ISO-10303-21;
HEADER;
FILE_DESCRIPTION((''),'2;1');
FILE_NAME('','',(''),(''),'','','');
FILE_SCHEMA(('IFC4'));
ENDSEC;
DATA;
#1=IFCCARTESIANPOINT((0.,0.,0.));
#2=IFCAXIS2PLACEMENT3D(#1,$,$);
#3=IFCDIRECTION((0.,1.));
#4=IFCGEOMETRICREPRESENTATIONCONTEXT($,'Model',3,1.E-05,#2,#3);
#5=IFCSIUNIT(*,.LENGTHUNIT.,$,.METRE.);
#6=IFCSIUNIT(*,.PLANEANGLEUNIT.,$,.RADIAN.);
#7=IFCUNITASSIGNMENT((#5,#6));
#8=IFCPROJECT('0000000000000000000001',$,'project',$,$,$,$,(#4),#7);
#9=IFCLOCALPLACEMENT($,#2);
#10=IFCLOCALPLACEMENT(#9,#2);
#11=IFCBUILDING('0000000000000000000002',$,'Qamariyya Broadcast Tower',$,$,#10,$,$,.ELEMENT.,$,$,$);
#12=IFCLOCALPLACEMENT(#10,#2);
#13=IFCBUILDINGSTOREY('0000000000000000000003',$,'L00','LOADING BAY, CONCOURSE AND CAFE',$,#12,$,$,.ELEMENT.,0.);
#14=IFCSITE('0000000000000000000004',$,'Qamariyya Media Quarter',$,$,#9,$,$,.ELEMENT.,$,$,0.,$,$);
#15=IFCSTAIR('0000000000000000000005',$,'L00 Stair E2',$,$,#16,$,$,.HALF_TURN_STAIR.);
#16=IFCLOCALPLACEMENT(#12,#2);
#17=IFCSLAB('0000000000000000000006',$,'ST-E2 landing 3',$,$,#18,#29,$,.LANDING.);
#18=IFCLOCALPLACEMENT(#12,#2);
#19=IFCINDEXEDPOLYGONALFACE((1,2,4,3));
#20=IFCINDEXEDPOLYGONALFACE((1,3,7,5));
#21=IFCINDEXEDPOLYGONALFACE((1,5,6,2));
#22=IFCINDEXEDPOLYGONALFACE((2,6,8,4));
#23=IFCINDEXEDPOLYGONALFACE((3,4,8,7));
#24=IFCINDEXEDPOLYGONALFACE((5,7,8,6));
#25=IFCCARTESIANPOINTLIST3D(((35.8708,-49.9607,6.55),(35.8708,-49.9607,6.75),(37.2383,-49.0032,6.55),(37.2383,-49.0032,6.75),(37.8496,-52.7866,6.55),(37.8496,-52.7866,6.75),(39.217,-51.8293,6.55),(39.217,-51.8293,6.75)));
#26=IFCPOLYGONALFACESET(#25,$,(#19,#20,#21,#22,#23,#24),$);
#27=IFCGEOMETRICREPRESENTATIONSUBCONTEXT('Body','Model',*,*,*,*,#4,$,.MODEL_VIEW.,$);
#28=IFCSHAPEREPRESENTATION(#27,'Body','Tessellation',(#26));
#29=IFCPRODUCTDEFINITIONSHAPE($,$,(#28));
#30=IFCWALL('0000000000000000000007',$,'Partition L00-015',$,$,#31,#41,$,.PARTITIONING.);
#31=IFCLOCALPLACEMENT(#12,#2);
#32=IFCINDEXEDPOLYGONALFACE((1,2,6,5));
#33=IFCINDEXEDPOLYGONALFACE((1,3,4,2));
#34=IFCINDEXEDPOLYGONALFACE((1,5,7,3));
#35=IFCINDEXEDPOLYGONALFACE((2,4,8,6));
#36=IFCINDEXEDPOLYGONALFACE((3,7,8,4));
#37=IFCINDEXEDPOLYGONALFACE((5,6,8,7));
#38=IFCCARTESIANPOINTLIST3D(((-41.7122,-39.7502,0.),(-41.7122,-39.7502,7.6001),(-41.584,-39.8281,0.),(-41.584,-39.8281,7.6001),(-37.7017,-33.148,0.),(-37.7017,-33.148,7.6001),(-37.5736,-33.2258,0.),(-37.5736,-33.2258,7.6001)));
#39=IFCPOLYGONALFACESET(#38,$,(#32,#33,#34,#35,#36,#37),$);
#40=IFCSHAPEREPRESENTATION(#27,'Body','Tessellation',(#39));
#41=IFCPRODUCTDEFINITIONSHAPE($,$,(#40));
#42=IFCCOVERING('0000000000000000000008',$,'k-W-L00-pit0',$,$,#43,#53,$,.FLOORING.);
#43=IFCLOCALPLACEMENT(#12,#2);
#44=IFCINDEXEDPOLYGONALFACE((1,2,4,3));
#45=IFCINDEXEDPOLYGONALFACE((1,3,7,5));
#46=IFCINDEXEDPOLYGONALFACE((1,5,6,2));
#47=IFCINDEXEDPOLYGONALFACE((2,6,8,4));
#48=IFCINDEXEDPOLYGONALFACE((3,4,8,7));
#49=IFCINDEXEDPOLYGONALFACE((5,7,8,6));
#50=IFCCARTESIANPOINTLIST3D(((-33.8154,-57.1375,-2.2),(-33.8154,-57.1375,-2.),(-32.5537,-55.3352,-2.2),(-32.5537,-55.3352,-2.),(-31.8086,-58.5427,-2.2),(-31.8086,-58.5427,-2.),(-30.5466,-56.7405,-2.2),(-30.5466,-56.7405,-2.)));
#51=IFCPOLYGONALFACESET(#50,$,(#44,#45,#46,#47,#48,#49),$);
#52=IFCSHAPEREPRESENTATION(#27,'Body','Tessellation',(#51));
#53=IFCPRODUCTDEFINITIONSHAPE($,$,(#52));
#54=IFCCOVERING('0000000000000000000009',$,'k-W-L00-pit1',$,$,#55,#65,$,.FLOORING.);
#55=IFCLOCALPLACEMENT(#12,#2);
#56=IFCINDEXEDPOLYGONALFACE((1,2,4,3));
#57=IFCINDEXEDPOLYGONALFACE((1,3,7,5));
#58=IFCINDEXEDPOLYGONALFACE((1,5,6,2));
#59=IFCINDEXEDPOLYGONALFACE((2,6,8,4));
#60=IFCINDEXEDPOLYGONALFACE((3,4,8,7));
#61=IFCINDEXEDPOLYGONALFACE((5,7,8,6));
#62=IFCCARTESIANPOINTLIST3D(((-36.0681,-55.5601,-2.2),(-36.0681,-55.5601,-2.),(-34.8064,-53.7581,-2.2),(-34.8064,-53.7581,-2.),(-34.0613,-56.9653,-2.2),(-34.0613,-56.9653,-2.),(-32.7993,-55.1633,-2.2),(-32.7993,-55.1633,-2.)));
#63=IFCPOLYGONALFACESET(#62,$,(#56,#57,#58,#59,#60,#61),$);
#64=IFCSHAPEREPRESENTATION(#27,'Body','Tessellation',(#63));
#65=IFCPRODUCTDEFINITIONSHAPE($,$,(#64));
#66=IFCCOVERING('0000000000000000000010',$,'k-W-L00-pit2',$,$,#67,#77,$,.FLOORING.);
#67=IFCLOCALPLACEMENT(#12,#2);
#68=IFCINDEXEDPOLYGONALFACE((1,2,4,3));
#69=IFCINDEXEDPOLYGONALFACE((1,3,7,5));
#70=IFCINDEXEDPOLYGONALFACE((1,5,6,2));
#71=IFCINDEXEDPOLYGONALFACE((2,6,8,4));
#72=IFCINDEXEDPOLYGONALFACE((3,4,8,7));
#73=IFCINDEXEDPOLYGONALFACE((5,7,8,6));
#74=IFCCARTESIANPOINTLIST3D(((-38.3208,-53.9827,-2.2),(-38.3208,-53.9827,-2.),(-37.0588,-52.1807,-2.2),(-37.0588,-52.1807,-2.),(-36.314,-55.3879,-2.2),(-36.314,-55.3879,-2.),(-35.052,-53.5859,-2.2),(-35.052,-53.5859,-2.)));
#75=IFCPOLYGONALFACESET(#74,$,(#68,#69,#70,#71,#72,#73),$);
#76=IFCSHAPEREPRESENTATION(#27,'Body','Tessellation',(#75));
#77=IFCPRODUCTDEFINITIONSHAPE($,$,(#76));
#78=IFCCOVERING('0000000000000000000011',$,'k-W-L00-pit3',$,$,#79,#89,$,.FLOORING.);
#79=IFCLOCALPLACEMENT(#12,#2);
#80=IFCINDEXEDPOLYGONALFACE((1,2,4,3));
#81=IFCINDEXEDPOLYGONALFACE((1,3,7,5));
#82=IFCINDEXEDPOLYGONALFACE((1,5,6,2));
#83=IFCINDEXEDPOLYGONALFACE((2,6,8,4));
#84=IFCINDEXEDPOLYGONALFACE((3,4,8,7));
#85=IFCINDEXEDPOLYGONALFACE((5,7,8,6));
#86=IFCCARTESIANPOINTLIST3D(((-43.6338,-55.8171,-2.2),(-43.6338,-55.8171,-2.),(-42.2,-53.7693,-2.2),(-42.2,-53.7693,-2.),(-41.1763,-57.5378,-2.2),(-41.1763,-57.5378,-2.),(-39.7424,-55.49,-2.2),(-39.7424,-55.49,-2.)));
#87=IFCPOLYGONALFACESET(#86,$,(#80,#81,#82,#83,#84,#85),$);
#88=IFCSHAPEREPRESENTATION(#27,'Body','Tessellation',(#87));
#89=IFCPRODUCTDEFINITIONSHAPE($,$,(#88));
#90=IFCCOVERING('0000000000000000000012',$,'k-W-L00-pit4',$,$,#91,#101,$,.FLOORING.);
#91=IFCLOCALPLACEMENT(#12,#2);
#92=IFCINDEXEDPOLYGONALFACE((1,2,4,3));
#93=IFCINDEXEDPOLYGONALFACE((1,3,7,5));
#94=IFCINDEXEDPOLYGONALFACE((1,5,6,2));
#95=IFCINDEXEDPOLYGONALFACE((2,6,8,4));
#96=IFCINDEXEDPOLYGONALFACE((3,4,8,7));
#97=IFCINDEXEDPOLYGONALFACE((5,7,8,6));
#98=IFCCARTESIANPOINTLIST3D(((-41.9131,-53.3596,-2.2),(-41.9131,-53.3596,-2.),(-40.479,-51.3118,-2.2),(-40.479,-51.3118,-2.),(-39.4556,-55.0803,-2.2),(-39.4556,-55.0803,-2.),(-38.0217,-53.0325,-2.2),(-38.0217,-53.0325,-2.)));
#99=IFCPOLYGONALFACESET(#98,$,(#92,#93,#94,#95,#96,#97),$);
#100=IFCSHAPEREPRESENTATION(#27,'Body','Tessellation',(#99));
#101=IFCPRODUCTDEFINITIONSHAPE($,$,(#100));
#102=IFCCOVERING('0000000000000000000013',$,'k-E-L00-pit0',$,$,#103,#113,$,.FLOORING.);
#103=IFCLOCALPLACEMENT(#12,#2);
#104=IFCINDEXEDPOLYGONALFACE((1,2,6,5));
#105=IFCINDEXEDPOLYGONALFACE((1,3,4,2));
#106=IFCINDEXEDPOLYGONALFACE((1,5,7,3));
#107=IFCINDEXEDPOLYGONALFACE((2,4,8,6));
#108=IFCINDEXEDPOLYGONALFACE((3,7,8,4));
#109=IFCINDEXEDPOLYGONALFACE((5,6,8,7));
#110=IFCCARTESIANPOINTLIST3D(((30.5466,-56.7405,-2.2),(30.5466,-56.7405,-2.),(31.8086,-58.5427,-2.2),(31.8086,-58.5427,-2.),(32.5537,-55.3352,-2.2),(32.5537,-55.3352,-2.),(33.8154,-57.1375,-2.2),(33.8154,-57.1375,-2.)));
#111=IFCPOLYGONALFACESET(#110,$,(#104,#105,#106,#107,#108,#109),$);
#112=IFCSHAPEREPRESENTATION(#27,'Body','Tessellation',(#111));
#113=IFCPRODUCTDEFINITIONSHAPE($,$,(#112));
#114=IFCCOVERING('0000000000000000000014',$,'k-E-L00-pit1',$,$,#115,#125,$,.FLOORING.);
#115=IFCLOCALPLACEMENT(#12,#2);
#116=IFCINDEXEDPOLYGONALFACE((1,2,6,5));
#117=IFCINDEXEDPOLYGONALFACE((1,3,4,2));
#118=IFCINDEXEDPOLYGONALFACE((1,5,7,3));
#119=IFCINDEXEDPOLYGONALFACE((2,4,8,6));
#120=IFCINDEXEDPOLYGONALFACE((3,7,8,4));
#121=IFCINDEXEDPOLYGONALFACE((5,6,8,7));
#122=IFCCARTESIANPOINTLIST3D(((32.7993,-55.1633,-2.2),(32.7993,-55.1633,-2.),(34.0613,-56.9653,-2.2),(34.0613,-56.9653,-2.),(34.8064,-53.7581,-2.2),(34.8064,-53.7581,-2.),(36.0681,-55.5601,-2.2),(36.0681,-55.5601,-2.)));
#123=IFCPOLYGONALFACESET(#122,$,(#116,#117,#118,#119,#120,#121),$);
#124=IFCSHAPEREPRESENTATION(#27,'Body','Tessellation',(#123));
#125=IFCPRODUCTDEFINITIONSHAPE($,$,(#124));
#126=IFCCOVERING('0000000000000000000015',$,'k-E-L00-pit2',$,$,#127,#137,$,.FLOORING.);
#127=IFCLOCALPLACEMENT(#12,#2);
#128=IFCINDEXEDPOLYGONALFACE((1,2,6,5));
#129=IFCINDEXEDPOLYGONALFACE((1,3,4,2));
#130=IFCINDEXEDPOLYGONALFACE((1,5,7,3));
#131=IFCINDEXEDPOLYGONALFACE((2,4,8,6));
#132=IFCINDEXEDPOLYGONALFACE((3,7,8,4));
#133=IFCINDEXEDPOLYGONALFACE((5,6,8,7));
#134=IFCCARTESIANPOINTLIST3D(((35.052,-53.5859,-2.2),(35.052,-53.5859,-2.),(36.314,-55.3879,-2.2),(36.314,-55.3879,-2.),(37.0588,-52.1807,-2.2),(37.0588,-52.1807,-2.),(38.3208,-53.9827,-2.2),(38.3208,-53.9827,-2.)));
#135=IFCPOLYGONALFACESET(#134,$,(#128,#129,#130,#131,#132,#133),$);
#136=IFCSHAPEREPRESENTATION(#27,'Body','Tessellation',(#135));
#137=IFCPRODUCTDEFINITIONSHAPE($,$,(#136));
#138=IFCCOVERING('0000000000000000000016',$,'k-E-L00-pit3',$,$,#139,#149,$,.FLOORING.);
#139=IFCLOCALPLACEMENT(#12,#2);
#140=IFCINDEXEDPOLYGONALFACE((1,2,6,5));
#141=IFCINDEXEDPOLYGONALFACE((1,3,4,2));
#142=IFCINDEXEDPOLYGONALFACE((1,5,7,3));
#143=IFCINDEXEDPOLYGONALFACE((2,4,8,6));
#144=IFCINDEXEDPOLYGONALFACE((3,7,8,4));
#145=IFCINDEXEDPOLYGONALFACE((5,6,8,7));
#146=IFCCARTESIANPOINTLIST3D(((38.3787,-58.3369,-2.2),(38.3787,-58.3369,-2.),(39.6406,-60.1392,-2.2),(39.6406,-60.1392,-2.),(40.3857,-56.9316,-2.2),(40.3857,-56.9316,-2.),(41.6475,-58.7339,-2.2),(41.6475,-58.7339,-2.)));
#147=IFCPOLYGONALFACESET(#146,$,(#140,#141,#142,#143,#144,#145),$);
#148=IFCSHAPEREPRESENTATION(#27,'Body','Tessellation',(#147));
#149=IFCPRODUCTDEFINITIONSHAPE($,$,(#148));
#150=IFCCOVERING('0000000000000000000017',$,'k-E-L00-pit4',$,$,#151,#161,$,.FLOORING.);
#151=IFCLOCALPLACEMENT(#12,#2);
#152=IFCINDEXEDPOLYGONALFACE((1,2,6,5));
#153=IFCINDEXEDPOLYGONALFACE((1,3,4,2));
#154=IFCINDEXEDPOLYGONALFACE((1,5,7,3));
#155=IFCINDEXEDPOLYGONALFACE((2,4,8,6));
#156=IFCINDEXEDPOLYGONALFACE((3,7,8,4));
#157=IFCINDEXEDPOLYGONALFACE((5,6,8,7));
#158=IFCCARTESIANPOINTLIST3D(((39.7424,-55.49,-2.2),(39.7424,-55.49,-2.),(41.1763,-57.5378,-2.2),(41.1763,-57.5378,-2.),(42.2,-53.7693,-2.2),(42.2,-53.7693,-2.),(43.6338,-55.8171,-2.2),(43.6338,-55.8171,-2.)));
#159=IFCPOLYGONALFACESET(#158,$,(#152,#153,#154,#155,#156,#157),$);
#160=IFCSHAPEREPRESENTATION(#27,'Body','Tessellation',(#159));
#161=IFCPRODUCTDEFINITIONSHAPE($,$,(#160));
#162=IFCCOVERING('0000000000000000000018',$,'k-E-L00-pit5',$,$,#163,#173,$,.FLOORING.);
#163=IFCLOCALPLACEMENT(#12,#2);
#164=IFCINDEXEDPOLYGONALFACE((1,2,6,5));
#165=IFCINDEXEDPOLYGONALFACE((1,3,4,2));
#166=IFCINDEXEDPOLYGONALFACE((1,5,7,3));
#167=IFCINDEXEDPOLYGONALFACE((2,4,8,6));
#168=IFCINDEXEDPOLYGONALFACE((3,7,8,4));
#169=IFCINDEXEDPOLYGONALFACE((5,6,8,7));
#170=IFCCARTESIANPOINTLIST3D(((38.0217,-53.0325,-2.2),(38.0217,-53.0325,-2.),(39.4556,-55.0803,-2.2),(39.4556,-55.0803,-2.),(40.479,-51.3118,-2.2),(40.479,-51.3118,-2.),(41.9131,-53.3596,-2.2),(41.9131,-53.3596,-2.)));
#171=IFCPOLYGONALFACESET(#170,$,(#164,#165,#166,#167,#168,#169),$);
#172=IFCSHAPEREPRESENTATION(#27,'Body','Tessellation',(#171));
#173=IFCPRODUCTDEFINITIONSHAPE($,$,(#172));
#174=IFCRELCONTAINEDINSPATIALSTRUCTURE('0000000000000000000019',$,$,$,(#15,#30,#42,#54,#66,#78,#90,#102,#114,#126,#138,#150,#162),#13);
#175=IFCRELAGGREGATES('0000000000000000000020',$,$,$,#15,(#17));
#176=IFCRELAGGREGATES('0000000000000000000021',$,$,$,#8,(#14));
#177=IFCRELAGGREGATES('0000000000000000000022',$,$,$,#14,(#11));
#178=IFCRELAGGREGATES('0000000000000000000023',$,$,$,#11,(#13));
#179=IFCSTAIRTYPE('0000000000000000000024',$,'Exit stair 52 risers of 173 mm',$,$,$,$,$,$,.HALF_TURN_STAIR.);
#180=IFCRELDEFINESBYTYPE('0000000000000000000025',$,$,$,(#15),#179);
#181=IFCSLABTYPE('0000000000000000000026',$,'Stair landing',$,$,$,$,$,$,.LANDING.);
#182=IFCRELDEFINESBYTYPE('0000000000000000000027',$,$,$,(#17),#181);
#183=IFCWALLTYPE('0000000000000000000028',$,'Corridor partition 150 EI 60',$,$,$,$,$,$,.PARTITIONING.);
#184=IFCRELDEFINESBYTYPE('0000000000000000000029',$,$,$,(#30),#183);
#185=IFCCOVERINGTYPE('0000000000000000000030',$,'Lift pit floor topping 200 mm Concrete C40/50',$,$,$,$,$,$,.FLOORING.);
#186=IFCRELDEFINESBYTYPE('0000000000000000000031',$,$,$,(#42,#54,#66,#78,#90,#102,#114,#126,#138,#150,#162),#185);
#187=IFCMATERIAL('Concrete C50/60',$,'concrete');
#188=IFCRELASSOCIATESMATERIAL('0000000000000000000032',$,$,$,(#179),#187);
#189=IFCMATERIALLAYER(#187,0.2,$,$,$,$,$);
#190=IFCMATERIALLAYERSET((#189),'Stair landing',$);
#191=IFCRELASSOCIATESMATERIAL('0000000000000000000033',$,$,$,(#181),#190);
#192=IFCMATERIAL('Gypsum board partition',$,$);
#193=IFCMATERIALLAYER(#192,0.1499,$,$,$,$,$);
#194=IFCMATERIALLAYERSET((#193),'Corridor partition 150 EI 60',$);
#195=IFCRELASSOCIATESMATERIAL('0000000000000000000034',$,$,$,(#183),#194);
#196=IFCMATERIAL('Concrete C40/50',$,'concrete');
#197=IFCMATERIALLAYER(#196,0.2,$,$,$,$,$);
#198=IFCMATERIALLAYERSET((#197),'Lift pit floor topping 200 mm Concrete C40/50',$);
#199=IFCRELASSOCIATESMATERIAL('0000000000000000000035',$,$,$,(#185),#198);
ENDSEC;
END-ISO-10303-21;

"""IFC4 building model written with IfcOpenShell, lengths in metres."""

from ifc_helpers import new_model, si_unit, direction, frame, frame_2d, origin, place, context, subcontext, project, spatial, polyline, rectangle, outline, extrude, material, layer, layer_set, type_object, element, aggregate, save


model = new_model("IFC4")

# Units and contexts
model_context = context("Model", 3, precision=1e-05, world=origin(), true_north=direction((0.0, 1.0)))
body_context = subcontext(model_context, "Body", "Model", "MODEL_VIEW")
ifc_project = project(units=[si_unit("LENGTHUNIT", "METRE"), si_unit("PLANEANGLEUNIT", "RADIAN")], contexts=[model_context])

# Site, building, storey
site_placement = place(None, origin())
site = spatial("IfcSite", under=ifc_project, at=site_placement, Name="Qamariyya Media Quarter", CompositionType="ELEMENT", RefElevation=0.0)
building_placement = place(site_placement, origin())
building = spatial("IfcBuilding", under=site, at=building_placement, Name="Qamariyya Broadcast Tower", CompositionType="ELEMENT")
storey_placement = place(building_placement, origin())
storey = spatial("IfcBuildingStorey", under=building, at=storey_placement, Name="L00", Description="LOADING BAY, CONCOURSE AND CAFE", CompositionType="ELEMENT", Elevation=0.0)

# Shared definitions
ifc_material_1 = material(Name="Concrete C40/50", Category="concrete")

# Stair, slab
ifc_material_2 = material(Name="Concrete C50/60", Category="concrete")
stair_type = type_object("IfcStairType", Name="Exit stair 52 risers of 173 mm", PredefinedType="HALF_TURN_STAIR", material=ifc_material_2)
ifc_layer_1 = layer(ifc_material_2, 0.2)
ifc_layer_set_1 = layer_set([ifc_layer_1], Name="Stair landing")
slab_type_1 = type_object("IfcSlabType", Name="Stair landing", PredefinedType="LANDING", material=ifc_layer_set_1)
stair_1_placement = place(storey_placement, origin())
stair_1 = element("IfcStair", 1, at=stair_1_placement, inside=storey, type_object=stair_type, Name="L00 Stair E2", PredefinedType="HALF_TURN_STAIR")
slab_1_placement = place(storey_placement, frame((0.0, 0.0, 6.55)))
slab_1 = element("IfcSlab", 2, at=slab_1_placement, type_object=slab_type_1, Name="ST-E2 landing 3", PredefinedType="LANDING", context=body_context, shape_type="SweptSolid", body=[
    extrude(outline(polyline([(37.2383, -49.0032), (35.8708, -49.9607), (37.8496, -52.7866), (39.217, -51.8293), (37.2383, -49.0032)])), origin(), (0.0, 0.0, 1.0), 0.2),
])
aggregate(stair_1, [slab_1])

# Wall
ifc_material_3 = material(Name="Gypsum board partition")
ifc_layer_2 = layer(ifc_material_3, 0.1499)
ifc_layer_set_2 = layer_set([ifc_layer_2], Name="Corridor partition 150 EI 60")
wall_type_1 = type_object("IfcWallType", Name="Corridor partition 150 EI 60", PredefinedType="PARTITIONING", material=ifc_layer_set_2)
wall_1_placement = place(storey_placement, frame((-37.6377, -33.187, 0.0), z_axis=(0.0, 0.0, 1.0), x_axis=(-0.519164, -0.854675, 0.0)))
element("IfcWall", 3, at=wall_1_placement, inside=storey, type_object=wall_type_1, Name="Partition L00-015", PredefinedType="PARTITIONING", context=body_context, shape_type="SweptSolid", body=[
    extrude(rectangle(XDim=7.7249, YDim=0.1499, at=frame_2d((3.8623, 0.0))), origin(), (0.0, 0.0, 1.0), 7.6001),
])

# Coverings
ifc_layer_3 = layer(ifc_material_1, 0.2)
ifc_layer_set_3 = layer_set([ifc_layer_3], Name="Lift pit floor topping 200 mm Concrete C40/50")
covering_type = type_object("IfcCoveringType", Name="Lift pit floor topping 200 mm Concrete C40/50", PredefinedType="FLOORING", material=ifc_layer_set_3)
covering_1_placement = place(storey_placement, frame((0.0, 0.0, -2.2)))
element("IfcCovering", 4, at=covering_1_placement, inside=storey, type_object=covering_type, Name="k-W-L00-pit0", PredefinedType="FLOORING", context=body_context, shape_type="SweptSolid", body=[
    extrude(outline(polyline([(-31.8086, -58.5427), (-33.8154, -57.1375), (-32.5537, -55.3352), (-30.5466, -56.7405), (-31.8086, -58.5427)])), origin(), (0.0, 0.0, 1.0), 0.2),
])
covering_2_placement = place(storey_placement, frame((0.0, 0.0, -2.2)))
element("IfcCovering", 5, at=covering_2_placement, inside=storey, type_object=covering_type, Name="k-W-L00-pit1", PredefinedType="FLOORING", context=body_context, shape_type="SweptSolid", body=[
    extrude(outline(polyline([(-34.0613, -56.9653), (-36.0681, -55.5601), (-34.8064, -53.7581), (-32.7993, -55.1633), (-34.0613, -56.9653)])), origin(), (0.0, 0.0, 1.0), 0.2),
])
covering_3_placement = place(storey_placement, frame((0.0, 0.0, -2.2)))
element("IfcCovering", 6, at=covering_3_placement, inside=storey, type_object=covering_type, Name="k-W-L00-pit2", PredefinedType="FLOORING", context=body_context, shape_type="SweptSolid", body=[
    extrude(outline(polyline([(-36.314, -55.3879), (-38.3208, -53.9827), (-37.0588, -52.1807), (-35.052, -53.5859), (-36.314, -55.3879)])), origin(), (0.0, 0.0, 1.0), 0.2),
])
covering_4_placement = place(storey_placement, frame((0.0, 0.0, -2.2)))
element("IfcCovering", 7, at=covering_4_placement, inside=storey, type_object=covering_type, Name="k-W-L00-pit3", PredefinedType="FLOORING", context=body_context, shape_type="SweptSolid", body=[
    extrude(outline(polyline([(-39.7424, -55.49), (-42.2, -53.7693), (-43.6338, -55.8171), (-41.1763, -57.5378), (-39.7424, -55.49)])), origin(), (0.0, 0.0, 1.0), 0.2),
])
covering_5_placement = place(storey_placement, frame((0.0, 0.0, -2.2)))
element("IfcCovering", 8, at=covering_5_placement, inside=storey, type_object=covering_type, Name="k-W-L00-pit4", PredefinedType="FLOORING", context=body_context, shape_type="SweptSolid", body=[
    extrude(outline(polyline([(-39.4556, -55.0803), (-41.9131, -53.3596), (-40.479, -51.3118), (-38.0217, -53.0325), (-39.4556, -55.0803)])), origin(), (0.0, 0.0, 1.0), 0.2),
])
covering_6_placement = place(storey_placement, frame((0.0, 0.0, -2.2)))
element("IfcCovering", 9, at=covering_6_placement, inside=storey, type_object=covering_type, Name="k-E-L00-pit0", PredefinedType="FLOORING", context=body_context, shape_type="SweptSolid", body=[
    extrude(outline(polyline([(31.8086, -58.5427), (33.8154, -57.1375), (32.5537, -55.3352), (30.5466, -56.7405), (31.8086, -58.5427)])), origin(), (0.0, 0.0, 1.0), 0.2),
])
covering_7_placement = place(storey_placement, frame((0.0, 0.0, -2.2)))
element("IfcCovering", 10, at=covering_7_placement, inside=storey, type_object=covering_type, Name="k-E-L00-pit1", PredefinedType="FLOORING", context=body_context, shape_type="SweptSolid", body=[
    extrude(outline(polyline([(34.0613, -56.9653), (36.0681, -55.5601), (34.8064, -53.7581), (32.7993, -55.1633), (34.0613, -56.9653)])), origin(), (0.0, 0.0, 1.0), 0.2),
])
covering_8_placement = place(storey_placement, frame((0.0, 0.0, -2.2)))
element("IfcCovering", 11, at=covering_8_placement, inside=storey, type_object=covering_type, Name="k-E-L00-pit2", PredefinedType="FLOORING", context=body_context, shape_type="SweptSolid", body=[
    extrude(outline(polyline([(36.314, -55.3879), (38.3208, -53.9827), (37.0588, -52.1807), (35.052, -53.5859), (36.314, -55.3879)])), origin(), (0.0, 0.0, 1.0), 0.2),
])
covering_9_placement = place(storey_placement, frame((0.0, 0.0, -2.2)))
element("IfcCovering", 12, at=covering_9_placement, inside=storey, type_object=covering_type, Name="k-E-L00-pit3", PredefinedType="FLOORING", context=body_context, shape_type="SweptSolid", body=[
    extrude(outline(polyline([(38.3787, -58.3369), (40.3857, -56.9316), (41.6475, -58.7339), (39.6406, -60.1392), (38.3787, -58.3369)])), origin(), (0.0, 0.0, 1.0), 0.2),
])
covering_10_placement = place(storey_placement, frame((0.0, 0.0, -2.2)))
element("IfcCovering", 13, at=covering_10_placement, inside=storey, type_object=covering_type, Name="k-E-L00-pit4", PredefinedType="FLOORING", context=body_context, shape_type="SweptSolid", body=[
    extrude(outline(polyline([(39.7424, -55.49), (42.2, -53.7693), (43.6338, -55.8171), (41.1763, -57.5378), (39.7424, -55.49)])), origin(), (0.0, 0.0, 1.0), 0.2),
])
covering_11_placement = place(storey_placement, frame((0.0, 0.0, -2.2)))
element("IfcCovering", 14, at=covering_11_placement, inside=storey, type_object=covering_type, Name="k-E-L00-pit5", PredefinedType="FLOORING", context=body_context, shape_type="SweptSolid", body=[
    extrude(outline(polyline([(39.4556, -55.0803), (41.9131, -53.3596), (40.479, -51.3118), (38.0217, -53.0325), (39.4556, -55.0803)])), origin(), (0.0, 0.0, 1.0), 0.2),
])

save(model, "model.ifc")
